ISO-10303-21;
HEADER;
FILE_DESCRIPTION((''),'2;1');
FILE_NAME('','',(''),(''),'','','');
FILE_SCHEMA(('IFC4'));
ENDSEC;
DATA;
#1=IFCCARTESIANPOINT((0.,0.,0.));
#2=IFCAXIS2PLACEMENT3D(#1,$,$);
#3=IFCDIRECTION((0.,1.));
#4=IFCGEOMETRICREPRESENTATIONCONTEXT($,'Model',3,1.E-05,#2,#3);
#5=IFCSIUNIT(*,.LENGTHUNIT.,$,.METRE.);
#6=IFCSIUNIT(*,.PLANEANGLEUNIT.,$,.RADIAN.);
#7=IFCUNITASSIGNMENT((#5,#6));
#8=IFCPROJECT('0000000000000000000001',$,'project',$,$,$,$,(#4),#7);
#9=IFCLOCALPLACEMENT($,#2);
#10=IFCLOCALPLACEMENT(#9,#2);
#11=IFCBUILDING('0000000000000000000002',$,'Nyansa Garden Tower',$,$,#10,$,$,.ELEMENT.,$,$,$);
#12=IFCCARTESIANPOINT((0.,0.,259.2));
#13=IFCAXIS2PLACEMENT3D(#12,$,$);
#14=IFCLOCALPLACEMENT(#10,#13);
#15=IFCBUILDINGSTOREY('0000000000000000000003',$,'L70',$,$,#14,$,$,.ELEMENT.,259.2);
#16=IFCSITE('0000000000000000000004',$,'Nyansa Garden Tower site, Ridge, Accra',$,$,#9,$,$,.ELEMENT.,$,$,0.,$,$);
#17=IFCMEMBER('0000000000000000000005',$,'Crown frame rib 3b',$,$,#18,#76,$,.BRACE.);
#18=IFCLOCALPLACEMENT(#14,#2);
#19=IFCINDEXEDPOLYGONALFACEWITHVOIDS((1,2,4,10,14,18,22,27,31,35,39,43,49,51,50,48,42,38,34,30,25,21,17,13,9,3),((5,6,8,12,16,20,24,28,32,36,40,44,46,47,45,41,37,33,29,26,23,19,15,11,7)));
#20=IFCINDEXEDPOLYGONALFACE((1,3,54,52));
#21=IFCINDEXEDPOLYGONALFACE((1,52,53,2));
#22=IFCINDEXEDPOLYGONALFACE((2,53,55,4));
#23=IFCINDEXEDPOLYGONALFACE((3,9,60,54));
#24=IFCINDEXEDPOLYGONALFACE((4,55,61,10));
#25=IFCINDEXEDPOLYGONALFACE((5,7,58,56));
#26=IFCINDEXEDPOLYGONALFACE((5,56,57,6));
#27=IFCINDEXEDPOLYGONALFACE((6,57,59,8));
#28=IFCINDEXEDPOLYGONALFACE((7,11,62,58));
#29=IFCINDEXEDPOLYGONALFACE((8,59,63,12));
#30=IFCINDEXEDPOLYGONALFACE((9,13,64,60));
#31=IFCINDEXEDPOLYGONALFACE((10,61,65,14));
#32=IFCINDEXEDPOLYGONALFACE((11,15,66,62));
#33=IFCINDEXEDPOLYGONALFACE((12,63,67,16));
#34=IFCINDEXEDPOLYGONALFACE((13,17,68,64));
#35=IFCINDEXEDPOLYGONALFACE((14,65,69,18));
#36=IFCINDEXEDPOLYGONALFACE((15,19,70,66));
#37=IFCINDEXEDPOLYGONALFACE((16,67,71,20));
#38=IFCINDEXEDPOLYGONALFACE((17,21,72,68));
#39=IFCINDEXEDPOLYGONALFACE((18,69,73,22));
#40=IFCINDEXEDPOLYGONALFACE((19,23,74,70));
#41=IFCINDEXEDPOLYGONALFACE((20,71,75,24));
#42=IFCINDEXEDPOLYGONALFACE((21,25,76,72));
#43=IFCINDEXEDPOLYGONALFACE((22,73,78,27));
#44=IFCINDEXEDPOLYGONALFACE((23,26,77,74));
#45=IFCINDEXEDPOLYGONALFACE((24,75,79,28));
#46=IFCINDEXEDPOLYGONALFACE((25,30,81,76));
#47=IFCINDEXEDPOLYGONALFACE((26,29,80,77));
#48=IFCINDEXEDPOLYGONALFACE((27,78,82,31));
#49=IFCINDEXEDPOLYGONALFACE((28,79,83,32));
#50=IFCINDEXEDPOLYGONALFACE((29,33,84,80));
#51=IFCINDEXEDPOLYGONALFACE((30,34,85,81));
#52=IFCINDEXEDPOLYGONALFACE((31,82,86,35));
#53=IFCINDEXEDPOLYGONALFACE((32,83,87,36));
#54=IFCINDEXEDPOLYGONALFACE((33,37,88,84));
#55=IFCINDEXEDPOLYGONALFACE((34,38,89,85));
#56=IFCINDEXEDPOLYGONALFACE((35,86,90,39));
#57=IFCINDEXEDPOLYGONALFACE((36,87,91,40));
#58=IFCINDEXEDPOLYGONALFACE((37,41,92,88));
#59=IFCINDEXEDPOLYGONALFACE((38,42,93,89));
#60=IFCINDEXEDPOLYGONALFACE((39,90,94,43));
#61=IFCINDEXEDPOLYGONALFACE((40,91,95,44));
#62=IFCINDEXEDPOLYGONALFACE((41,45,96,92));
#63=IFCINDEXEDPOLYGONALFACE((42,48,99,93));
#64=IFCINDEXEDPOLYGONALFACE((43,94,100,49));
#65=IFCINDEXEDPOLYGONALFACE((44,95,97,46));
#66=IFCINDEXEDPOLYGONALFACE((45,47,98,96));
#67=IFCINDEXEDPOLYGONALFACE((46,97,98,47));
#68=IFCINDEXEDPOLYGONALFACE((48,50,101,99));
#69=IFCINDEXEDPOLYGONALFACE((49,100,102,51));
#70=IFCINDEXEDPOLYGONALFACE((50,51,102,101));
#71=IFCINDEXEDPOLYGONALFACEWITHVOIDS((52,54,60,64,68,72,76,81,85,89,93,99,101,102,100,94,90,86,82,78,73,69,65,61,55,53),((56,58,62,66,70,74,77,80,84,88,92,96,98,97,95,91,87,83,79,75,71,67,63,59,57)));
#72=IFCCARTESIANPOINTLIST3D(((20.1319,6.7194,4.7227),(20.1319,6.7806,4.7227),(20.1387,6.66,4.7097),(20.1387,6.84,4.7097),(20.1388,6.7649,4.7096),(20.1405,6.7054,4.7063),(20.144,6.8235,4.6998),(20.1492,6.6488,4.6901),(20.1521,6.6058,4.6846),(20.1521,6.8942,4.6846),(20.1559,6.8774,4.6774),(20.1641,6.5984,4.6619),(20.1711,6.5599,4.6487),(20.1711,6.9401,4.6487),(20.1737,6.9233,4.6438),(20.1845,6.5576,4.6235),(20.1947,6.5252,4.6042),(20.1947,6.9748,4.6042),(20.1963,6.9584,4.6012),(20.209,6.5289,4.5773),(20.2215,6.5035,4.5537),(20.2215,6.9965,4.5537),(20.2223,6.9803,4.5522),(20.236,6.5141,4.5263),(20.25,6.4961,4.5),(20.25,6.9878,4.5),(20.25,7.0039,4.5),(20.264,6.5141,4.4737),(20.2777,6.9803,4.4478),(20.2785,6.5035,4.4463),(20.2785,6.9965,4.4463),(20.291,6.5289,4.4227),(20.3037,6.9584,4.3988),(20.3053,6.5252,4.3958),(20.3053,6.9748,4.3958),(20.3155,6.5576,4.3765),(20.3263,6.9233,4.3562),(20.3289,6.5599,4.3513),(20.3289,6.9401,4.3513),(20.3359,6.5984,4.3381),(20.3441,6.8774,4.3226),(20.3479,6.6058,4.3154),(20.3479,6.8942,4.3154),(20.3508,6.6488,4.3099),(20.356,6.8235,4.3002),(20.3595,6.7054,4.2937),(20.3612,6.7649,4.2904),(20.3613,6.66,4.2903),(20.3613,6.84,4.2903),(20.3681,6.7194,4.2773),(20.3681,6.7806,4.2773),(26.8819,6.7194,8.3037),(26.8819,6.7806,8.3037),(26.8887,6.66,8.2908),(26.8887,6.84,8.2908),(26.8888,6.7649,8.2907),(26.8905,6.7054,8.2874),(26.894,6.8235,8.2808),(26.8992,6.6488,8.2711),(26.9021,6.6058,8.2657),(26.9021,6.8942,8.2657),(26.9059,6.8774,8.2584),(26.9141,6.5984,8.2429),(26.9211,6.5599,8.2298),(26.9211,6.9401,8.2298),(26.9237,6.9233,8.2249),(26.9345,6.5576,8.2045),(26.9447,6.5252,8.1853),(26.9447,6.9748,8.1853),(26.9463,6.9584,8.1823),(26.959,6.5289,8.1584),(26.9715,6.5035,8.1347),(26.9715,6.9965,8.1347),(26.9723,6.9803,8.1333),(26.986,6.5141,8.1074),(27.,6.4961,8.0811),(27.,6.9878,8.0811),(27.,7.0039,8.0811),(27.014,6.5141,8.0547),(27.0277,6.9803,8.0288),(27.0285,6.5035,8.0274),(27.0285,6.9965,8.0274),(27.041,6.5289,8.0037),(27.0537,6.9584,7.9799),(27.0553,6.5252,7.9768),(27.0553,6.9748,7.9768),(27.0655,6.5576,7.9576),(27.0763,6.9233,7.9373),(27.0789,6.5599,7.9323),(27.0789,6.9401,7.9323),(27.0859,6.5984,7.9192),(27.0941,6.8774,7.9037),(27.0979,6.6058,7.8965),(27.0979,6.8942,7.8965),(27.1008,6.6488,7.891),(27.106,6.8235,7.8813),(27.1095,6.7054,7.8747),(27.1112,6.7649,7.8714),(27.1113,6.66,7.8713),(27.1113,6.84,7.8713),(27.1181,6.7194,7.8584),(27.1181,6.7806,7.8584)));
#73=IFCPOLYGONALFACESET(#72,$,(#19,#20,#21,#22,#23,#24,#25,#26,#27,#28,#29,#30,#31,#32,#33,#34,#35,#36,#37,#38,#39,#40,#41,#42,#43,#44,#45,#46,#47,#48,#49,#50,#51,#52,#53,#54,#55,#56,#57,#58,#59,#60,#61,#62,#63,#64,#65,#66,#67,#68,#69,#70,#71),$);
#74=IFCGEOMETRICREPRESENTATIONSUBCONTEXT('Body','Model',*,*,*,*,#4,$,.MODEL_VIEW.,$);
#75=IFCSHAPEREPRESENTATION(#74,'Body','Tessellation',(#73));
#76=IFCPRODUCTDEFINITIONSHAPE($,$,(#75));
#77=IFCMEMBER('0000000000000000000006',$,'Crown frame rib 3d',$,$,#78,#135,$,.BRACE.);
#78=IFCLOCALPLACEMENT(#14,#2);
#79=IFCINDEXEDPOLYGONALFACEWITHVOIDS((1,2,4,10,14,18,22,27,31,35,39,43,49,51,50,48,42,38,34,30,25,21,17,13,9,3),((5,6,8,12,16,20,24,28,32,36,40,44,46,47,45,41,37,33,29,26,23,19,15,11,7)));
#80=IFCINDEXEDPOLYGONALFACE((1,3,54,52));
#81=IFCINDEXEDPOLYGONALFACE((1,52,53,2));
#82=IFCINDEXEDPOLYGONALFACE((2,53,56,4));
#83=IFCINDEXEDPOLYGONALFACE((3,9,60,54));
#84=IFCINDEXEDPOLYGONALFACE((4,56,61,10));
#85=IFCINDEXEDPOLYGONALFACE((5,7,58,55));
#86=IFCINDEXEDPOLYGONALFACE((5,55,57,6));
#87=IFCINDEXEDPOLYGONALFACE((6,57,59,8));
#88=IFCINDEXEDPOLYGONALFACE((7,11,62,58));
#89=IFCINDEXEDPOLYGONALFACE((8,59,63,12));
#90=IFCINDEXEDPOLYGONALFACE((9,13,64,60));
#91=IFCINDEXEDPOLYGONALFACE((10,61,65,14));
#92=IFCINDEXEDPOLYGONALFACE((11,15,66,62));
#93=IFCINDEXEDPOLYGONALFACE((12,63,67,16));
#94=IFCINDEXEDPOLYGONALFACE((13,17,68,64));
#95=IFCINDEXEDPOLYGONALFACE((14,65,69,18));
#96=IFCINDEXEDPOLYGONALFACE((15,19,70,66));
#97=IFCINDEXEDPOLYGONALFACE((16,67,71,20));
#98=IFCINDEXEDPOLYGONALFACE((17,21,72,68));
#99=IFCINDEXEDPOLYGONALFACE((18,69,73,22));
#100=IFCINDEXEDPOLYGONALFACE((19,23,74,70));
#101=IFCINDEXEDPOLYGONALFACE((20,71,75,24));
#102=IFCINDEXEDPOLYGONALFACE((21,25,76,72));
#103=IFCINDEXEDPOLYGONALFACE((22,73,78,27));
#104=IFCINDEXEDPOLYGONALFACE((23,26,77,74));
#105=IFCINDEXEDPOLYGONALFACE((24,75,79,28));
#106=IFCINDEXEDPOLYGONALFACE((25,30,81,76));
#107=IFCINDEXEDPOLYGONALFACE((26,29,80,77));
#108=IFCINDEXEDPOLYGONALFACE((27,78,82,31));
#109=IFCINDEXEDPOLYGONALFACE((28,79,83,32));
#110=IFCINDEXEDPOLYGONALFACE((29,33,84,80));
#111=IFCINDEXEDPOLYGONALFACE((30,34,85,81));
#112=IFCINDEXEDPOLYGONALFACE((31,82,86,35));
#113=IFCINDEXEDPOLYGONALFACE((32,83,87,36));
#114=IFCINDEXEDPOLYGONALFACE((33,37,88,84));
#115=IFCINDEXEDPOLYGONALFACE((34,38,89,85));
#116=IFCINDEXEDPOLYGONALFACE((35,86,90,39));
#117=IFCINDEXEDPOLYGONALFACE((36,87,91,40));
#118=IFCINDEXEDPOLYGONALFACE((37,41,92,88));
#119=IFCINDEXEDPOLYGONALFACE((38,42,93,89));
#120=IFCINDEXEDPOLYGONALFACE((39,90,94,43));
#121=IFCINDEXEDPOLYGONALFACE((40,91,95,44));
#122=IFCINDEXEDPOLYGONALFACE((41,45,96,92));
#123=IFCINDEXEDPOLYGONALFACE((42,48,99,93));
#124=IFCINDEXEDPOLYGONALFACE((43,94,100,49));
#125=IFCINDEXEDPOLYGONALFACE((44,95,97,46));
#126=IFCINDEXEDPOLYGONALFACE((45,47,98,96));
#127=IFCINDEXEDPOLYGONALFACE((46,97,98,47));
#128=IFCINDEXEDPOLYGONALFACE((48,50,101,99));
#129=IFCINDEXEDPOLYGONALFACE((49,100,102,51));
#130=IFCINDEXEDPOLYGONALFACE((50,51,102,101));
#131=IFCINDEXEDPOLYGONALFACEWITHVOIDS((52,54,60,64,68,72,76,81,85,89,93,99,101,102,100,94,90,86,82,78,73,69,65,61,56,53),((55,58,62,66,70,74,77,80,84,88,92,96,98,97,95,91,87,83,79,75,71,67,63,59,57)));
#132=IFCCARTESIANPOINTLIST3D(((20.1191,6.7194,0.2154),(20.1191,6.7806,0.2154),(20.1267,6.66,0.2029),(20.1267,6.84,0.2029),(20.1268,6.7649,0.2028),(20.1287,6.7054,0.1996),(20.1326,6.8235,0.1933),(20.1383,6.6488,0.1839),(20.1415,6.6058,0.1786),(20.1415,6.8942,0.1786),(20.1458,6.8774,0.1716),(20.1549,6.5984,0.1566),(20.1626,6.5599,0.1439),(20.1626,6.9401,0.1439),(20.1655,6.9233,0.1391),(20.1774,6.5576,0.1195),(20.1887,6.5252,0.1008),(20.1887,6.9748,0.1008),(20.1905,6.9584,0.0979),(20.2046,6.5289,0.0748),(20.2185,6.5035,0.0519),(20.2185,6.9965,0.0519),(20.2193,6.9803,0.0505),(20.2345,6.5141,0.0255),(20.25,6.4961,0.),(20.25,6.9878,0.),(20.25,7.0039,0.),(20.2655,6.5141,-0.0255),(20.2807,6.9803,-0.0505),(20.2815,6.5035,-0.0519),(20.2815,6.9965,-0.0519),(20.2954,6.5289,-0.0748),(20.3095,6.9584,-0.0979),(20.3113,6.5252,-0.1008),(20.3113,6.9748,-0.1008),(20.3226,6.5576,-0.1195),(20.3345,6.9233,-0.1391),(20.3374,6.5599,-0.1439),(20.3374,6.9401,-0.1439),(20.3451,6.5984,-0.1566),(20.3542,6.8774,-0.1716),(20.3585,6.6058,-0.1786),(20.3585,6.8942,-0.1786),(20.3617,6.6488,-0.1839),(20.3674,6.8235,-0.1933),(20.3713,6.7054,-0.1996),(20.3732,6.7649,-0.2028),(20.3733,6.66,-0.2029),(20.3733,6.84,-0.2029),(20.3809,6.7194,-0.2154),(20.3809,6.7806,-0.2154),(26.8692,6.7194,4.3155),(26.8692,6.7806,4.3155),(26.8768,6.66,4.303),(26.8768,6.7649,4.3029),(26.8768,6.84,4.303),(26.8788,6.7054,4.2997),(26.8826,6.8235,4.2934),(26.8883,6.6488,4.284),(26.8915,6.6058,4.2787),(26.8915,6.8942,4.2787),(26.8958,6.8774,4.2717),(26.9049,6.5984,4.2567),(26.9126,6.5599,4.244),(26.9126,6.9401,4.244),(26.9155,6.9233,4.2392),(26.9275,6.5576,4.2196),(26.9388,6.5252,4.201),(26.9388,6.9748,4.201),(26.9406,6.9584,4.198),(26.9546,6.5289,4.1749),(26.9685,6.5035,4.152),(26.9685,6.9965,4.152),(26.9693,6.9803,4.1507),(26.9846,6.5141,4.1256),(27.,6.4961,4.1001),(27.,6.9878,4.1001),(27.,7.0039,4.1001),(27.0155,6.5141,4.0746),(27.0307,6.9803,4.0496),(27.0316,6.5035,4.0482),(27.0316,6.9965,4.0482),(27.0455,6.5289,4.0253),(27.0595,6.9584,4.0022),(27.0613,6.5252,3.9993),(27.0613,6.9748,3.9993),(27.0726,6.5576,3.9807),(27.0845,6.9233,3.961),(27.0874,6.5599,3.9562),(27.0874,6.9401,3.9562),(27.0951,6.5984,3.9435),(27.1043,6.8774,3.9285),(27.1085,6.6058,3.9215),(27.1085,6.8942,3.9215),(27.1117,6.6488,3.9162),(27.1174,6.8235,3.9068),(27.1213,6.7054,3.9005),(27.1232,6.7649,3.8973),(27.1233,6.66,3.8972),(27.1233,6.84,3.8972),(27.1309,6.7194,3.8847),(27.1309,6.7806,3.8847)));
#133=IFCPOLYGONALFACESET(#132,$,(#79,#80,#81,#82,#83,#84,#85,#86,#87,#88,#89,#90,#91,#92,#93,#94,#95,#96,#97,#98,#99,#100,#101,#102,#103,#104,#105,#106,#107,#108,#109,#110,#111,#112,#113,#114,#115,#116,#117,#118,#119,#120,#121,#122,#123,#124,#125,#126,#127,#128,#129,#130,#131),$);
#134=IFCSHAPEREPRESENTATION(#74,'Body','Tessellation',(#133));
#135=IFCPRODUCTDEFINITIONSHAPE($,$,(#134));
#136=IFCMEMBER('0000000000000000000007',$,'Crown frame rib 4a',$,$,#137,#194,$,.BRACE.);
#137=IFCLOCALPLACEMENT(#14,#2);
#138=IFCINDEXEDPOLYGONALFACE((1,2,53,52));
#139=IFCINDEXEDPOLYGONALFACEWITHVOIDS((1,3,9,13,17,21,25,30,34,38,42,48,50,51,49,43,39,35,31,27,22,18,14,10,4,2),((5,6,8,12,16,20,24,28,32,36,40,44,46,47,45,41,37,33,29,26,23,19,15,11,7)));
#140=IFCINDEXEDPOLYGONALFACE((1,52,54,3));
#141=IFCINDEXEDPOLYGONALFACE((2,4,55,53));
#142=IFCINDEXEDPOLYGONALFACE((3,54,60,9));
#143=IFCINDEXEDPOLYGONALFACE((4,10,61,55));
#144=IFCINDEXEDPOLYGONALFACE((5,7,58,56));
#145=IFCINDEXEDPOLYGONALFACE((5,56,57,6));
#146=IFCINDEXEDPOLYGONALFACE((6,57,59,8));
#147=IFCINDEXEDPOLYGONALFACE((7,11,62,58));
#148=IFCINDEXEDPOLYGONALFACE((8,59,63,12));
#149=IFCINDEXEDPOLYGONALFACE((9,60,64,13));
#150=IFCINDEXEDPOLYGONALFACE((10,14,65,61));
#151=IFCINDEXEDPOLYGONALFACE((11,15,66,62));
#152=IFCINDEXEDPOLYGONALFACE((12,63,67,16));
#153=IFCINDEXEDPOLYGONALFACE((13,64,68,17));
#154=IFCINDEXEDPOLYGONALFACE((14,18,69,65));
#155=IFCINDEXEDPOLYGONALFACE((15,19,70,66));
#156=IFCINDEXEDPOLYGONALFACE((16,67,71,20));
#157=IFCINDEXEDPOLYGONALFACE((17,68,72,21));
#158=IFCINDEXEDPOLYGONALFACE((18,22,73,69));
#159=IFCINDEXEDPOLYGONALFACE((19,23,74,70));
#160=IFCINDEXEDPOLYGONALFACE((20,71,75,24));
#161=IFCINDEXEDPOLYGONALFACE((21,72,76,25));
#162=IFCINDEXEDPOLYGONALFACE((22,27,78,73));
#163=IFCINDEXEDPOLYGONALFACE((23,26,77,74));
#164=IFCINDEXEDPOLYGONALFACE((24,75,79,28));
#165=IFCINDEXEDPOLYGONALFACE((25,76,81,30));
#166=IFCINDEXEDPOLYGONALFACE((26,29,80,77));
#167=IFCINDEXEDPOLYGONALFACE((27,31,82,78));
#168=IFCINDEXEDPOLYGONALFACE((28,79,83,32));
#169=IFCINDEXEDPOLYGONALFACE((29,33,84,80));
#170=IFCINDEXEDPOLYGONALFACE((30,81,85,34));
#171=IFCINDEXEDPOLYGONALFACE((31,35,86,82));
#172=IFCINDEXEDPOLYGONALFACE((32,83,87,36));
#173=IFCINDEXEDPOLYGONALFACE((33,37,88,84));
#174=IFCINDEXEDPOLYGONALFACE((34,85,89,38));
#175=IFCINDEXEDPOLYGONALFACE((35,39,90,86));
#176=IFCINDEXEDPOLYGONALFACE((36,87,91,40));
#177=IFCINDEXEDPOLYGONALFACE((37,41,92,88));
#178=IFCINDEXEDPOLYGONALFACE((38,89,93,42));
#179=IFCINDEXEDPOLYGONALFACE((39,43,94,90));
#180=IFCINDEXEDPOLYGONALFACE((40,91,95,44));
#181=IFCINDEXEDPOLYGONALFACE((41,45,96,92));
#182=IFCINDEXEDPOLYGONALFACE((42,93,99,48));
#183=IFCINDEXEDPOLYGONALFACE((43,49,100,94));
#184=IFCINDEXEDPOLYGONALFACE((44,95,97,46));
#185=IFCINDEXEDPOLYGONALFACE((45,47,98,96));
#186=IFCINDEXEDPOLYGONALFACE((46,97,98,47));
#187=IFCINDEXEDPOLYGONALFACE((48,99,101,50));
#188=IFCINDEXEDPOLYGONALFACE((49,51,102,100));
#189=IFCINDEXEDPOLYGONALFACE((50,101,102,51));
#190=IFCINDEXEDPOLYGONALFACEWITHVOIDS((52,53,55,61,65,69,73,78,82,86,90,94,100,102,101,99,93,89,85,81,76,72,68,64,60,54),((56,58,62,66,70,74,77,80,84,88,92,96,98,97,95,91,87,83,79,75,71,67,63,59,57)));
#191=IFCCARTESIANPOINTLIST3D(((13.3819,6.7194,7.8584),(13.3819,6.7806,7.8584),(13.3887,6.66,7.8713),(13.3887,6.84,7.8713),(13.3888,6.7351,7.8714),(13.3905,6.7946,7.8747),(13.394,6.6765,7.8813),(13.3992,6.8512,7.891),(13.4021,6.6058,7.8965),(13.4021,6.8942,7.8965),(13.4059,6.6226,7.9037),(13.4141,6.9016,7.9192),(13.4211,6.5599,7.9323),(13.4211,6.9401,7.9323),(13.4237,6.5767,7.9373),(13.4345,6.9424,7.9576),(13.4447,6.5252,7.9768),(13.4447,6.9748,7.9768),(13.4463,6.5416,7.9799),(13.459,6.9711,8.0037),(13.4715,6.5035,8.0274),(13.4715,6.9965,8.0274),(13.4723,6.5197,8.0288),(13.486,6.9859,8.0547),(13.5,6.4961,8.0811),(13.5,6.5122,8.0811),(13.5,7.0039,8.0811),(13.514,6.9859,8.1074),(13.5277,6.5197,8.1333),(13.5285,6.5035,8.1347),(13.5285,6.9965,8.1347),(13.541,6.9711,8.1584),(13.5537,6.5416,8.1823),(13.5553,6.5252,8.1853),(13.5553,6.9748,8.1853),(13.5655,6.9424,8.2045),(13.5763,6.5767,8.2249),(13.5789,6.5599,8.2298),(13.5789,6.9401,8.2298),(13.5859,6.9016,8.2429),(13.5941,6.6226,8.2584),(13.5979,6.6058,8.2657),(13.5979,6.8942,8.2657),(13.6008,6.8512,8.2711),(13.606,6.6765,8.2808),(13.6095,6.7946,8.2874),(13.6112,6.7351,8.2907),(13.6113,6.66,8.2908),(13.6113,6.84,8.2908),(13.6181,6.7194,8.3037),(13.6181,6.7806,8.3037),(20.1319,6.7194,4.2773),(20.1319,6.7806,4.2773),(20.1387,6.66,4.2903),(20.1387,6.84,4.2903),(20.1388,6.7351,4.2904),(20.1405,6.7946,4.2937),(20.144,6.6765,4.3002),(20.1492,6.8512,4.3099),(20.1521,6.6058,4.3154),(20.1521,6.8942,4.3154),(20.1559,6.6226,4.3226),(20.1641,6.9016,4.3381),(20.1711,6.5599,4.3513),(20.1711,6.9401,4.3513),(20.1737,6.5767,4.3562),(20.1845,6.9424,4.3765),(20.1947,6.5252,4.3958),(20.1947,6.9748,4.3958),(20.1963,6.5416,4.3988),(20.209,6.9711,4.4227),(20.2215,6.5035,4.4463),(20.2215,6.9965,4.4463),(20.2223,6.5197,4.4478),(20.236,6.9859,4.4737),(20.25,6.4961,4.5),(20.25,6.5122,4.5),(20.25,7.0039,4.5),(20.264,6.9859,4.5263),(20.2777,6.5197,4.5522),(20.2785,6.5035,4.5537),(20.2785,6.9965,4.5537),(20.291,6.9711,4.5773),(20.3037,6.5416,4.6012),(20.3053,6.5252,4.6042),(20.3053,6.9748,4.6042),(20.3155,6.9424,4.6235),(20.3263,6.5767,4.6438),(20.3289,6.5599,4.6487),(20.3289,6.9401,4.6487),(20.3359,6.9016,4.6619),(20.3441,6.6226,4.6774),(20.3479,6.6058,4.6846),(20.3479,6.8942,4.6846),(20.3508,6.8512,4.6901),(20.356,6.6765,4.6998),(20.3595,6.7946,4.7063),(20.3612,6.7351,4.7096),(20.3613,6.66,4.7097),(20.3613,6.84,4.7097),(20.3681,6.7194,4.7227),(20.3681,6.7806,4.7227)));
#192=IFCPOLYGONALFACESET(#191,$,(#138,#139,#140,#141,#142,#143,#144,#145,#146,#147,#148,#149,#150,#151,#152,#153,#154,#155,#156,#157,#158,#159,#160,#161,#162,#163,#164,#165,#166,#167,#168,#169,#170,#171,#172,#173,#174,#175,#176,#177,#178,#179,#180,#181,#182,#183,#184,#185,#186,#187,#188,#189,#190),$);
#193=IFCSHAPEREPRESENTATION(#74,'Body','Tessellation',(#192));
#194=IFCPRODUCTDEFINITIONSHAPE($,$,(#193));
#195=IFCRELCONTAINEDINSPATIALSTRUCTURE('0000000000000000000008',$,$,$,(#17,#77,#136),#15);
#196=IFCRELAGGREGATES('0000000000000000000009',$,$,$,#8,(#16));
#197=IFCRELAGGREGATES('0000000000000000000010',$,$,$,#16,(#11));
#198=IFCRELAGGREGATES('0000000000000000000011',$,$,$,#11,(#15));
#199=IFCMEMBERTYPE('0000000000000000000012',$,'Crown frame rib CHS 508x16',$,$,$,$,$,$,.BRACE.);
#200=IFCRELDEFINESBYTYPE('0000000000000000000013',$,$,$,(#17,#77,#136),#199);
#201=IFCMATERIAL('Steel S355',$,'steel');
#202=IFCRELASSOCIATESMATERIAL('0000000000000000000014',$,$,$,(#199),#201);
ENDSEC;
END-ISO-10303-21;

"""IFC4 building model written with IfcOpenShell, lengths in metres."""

from ifc_helpers import new_model, si_unit, direction, frame, origin, origin_2d, place, context, subcontext, project, spatial, hollow_circle, extrude, material, material_profile, profile_set, type_object, element, save


model = new_model("IFC4")

# Units and contexts
model_context = context("Model", 3, precision=1e-05, world=origin(), true_north=direction((0.0, 1.0)))
body_context = subcontext(model_context, "Body", "Model", "MODEL_VIEW")
ifc_project = project(units=[si_unit("LENGTHUNIT", "METRE"), si_unit("PLANEANGLEUNIT", "RADIAN")], contexts=[model_context])

# Site, building, storey
site_placement = place(None, origin())
site = spatial("IfcSite", under=ifc_project, at=site_placement, Name="Nyansa Garden Tower site, Ridge, Accra", CompositionType="ELEMENT", RefElevation=0.0)
building_placement = place(site_placement, origin())
building = spatial("IfcBuilding", under=site, at=building_placement, Name="Nyansa Garden Tower", CompositionType="ELEMENT")
storey_placement = place(building_placement, frame((0.0, 0.0, 259.2)))
storey = spatial("IfcBuildingStorey", under=building, at=storey_placement, Name="L70", CompositionType="ELEMENT", Elevation=259.2)

# Members
ifc_material_1 = material(Name="Steel S355", Category="steel")
ifc_material_profile_1 = material_profile(ifc_material_1, hollow_circle(Radius=0.2539, WallThickness=0.0161, at=origin_2d()), Name="CHS 508x16")
ifc_profile_set_1 = profile_set([ifc_material_profile_1], Name="Steel S355")
member_type = type_object("IfcMemberType", Name="Crown frame rib CHS 508x16", PredefinedType="BRACE", material=ifc_profile_set_1)
for number, where, z_axis, x_axis, name in (
    (1, (20.25, 6.75, 4.5), (0.88338, 0.0, 0.468657), (0.0, 1.0, 0.0), "Crown frame rib 3b"),
):
    element("IfcMember", number, at=place(storey_placement, frame(where, z_axis=z_axis, x_axis=x_axis)), inside=storey, type_object=member_type, Name=name, PredefinedType="BRACE", context=body_context, shape_type="SweptSolid", body=[
        extrude(hollow_circle(Radius=0.2539, WallThickness=0.0161, at=origin_2d()), origin(), (0.0, 0.0, 1.0), 7.6411),
    ])
member_1_placement = place(storey_placement, frame((20.25, 6.75, 0.0), z_axis=(0.854682, 0.0, 0.519152), x_axis=(0.0, 1.0, 0.0)))
element("IfcMember", 2, at=member_1_placement, inside=storey, type_object=member_type, Name="Crown frame rib 3d", PredefinedType="BRACE", context=body_context, shape_type="SweptSolid", body=[
    extrude(hollow_circle(Radius=0.2539, WallThickness=0.0161, at=origin_2d()), origin(), (0.0, 0.0, 1.0), 7.8977),
])
member_2_placement = place(storey_placement, frame((20.25, 6.75, 4.5), z_axis=(-0.88338, 0.0, 0.468657), x_axis=(0.0, -1.0, 0.0)))
element("IfcMember", 3, at=member_2_placement, inside=storey, type_object=member_type, Name="Crown frame rib 4a", PredefinedType="BRACE", context=body_context, shape_type="SweptSolid", body=[
    extrude(hollow_circle(Radius=0.2539, WallThickness=0.0161, at=origin_2d()), origin(), (0.0, 0.0, 1.0), 7.6411),
])

save(model, "model.ifc")
